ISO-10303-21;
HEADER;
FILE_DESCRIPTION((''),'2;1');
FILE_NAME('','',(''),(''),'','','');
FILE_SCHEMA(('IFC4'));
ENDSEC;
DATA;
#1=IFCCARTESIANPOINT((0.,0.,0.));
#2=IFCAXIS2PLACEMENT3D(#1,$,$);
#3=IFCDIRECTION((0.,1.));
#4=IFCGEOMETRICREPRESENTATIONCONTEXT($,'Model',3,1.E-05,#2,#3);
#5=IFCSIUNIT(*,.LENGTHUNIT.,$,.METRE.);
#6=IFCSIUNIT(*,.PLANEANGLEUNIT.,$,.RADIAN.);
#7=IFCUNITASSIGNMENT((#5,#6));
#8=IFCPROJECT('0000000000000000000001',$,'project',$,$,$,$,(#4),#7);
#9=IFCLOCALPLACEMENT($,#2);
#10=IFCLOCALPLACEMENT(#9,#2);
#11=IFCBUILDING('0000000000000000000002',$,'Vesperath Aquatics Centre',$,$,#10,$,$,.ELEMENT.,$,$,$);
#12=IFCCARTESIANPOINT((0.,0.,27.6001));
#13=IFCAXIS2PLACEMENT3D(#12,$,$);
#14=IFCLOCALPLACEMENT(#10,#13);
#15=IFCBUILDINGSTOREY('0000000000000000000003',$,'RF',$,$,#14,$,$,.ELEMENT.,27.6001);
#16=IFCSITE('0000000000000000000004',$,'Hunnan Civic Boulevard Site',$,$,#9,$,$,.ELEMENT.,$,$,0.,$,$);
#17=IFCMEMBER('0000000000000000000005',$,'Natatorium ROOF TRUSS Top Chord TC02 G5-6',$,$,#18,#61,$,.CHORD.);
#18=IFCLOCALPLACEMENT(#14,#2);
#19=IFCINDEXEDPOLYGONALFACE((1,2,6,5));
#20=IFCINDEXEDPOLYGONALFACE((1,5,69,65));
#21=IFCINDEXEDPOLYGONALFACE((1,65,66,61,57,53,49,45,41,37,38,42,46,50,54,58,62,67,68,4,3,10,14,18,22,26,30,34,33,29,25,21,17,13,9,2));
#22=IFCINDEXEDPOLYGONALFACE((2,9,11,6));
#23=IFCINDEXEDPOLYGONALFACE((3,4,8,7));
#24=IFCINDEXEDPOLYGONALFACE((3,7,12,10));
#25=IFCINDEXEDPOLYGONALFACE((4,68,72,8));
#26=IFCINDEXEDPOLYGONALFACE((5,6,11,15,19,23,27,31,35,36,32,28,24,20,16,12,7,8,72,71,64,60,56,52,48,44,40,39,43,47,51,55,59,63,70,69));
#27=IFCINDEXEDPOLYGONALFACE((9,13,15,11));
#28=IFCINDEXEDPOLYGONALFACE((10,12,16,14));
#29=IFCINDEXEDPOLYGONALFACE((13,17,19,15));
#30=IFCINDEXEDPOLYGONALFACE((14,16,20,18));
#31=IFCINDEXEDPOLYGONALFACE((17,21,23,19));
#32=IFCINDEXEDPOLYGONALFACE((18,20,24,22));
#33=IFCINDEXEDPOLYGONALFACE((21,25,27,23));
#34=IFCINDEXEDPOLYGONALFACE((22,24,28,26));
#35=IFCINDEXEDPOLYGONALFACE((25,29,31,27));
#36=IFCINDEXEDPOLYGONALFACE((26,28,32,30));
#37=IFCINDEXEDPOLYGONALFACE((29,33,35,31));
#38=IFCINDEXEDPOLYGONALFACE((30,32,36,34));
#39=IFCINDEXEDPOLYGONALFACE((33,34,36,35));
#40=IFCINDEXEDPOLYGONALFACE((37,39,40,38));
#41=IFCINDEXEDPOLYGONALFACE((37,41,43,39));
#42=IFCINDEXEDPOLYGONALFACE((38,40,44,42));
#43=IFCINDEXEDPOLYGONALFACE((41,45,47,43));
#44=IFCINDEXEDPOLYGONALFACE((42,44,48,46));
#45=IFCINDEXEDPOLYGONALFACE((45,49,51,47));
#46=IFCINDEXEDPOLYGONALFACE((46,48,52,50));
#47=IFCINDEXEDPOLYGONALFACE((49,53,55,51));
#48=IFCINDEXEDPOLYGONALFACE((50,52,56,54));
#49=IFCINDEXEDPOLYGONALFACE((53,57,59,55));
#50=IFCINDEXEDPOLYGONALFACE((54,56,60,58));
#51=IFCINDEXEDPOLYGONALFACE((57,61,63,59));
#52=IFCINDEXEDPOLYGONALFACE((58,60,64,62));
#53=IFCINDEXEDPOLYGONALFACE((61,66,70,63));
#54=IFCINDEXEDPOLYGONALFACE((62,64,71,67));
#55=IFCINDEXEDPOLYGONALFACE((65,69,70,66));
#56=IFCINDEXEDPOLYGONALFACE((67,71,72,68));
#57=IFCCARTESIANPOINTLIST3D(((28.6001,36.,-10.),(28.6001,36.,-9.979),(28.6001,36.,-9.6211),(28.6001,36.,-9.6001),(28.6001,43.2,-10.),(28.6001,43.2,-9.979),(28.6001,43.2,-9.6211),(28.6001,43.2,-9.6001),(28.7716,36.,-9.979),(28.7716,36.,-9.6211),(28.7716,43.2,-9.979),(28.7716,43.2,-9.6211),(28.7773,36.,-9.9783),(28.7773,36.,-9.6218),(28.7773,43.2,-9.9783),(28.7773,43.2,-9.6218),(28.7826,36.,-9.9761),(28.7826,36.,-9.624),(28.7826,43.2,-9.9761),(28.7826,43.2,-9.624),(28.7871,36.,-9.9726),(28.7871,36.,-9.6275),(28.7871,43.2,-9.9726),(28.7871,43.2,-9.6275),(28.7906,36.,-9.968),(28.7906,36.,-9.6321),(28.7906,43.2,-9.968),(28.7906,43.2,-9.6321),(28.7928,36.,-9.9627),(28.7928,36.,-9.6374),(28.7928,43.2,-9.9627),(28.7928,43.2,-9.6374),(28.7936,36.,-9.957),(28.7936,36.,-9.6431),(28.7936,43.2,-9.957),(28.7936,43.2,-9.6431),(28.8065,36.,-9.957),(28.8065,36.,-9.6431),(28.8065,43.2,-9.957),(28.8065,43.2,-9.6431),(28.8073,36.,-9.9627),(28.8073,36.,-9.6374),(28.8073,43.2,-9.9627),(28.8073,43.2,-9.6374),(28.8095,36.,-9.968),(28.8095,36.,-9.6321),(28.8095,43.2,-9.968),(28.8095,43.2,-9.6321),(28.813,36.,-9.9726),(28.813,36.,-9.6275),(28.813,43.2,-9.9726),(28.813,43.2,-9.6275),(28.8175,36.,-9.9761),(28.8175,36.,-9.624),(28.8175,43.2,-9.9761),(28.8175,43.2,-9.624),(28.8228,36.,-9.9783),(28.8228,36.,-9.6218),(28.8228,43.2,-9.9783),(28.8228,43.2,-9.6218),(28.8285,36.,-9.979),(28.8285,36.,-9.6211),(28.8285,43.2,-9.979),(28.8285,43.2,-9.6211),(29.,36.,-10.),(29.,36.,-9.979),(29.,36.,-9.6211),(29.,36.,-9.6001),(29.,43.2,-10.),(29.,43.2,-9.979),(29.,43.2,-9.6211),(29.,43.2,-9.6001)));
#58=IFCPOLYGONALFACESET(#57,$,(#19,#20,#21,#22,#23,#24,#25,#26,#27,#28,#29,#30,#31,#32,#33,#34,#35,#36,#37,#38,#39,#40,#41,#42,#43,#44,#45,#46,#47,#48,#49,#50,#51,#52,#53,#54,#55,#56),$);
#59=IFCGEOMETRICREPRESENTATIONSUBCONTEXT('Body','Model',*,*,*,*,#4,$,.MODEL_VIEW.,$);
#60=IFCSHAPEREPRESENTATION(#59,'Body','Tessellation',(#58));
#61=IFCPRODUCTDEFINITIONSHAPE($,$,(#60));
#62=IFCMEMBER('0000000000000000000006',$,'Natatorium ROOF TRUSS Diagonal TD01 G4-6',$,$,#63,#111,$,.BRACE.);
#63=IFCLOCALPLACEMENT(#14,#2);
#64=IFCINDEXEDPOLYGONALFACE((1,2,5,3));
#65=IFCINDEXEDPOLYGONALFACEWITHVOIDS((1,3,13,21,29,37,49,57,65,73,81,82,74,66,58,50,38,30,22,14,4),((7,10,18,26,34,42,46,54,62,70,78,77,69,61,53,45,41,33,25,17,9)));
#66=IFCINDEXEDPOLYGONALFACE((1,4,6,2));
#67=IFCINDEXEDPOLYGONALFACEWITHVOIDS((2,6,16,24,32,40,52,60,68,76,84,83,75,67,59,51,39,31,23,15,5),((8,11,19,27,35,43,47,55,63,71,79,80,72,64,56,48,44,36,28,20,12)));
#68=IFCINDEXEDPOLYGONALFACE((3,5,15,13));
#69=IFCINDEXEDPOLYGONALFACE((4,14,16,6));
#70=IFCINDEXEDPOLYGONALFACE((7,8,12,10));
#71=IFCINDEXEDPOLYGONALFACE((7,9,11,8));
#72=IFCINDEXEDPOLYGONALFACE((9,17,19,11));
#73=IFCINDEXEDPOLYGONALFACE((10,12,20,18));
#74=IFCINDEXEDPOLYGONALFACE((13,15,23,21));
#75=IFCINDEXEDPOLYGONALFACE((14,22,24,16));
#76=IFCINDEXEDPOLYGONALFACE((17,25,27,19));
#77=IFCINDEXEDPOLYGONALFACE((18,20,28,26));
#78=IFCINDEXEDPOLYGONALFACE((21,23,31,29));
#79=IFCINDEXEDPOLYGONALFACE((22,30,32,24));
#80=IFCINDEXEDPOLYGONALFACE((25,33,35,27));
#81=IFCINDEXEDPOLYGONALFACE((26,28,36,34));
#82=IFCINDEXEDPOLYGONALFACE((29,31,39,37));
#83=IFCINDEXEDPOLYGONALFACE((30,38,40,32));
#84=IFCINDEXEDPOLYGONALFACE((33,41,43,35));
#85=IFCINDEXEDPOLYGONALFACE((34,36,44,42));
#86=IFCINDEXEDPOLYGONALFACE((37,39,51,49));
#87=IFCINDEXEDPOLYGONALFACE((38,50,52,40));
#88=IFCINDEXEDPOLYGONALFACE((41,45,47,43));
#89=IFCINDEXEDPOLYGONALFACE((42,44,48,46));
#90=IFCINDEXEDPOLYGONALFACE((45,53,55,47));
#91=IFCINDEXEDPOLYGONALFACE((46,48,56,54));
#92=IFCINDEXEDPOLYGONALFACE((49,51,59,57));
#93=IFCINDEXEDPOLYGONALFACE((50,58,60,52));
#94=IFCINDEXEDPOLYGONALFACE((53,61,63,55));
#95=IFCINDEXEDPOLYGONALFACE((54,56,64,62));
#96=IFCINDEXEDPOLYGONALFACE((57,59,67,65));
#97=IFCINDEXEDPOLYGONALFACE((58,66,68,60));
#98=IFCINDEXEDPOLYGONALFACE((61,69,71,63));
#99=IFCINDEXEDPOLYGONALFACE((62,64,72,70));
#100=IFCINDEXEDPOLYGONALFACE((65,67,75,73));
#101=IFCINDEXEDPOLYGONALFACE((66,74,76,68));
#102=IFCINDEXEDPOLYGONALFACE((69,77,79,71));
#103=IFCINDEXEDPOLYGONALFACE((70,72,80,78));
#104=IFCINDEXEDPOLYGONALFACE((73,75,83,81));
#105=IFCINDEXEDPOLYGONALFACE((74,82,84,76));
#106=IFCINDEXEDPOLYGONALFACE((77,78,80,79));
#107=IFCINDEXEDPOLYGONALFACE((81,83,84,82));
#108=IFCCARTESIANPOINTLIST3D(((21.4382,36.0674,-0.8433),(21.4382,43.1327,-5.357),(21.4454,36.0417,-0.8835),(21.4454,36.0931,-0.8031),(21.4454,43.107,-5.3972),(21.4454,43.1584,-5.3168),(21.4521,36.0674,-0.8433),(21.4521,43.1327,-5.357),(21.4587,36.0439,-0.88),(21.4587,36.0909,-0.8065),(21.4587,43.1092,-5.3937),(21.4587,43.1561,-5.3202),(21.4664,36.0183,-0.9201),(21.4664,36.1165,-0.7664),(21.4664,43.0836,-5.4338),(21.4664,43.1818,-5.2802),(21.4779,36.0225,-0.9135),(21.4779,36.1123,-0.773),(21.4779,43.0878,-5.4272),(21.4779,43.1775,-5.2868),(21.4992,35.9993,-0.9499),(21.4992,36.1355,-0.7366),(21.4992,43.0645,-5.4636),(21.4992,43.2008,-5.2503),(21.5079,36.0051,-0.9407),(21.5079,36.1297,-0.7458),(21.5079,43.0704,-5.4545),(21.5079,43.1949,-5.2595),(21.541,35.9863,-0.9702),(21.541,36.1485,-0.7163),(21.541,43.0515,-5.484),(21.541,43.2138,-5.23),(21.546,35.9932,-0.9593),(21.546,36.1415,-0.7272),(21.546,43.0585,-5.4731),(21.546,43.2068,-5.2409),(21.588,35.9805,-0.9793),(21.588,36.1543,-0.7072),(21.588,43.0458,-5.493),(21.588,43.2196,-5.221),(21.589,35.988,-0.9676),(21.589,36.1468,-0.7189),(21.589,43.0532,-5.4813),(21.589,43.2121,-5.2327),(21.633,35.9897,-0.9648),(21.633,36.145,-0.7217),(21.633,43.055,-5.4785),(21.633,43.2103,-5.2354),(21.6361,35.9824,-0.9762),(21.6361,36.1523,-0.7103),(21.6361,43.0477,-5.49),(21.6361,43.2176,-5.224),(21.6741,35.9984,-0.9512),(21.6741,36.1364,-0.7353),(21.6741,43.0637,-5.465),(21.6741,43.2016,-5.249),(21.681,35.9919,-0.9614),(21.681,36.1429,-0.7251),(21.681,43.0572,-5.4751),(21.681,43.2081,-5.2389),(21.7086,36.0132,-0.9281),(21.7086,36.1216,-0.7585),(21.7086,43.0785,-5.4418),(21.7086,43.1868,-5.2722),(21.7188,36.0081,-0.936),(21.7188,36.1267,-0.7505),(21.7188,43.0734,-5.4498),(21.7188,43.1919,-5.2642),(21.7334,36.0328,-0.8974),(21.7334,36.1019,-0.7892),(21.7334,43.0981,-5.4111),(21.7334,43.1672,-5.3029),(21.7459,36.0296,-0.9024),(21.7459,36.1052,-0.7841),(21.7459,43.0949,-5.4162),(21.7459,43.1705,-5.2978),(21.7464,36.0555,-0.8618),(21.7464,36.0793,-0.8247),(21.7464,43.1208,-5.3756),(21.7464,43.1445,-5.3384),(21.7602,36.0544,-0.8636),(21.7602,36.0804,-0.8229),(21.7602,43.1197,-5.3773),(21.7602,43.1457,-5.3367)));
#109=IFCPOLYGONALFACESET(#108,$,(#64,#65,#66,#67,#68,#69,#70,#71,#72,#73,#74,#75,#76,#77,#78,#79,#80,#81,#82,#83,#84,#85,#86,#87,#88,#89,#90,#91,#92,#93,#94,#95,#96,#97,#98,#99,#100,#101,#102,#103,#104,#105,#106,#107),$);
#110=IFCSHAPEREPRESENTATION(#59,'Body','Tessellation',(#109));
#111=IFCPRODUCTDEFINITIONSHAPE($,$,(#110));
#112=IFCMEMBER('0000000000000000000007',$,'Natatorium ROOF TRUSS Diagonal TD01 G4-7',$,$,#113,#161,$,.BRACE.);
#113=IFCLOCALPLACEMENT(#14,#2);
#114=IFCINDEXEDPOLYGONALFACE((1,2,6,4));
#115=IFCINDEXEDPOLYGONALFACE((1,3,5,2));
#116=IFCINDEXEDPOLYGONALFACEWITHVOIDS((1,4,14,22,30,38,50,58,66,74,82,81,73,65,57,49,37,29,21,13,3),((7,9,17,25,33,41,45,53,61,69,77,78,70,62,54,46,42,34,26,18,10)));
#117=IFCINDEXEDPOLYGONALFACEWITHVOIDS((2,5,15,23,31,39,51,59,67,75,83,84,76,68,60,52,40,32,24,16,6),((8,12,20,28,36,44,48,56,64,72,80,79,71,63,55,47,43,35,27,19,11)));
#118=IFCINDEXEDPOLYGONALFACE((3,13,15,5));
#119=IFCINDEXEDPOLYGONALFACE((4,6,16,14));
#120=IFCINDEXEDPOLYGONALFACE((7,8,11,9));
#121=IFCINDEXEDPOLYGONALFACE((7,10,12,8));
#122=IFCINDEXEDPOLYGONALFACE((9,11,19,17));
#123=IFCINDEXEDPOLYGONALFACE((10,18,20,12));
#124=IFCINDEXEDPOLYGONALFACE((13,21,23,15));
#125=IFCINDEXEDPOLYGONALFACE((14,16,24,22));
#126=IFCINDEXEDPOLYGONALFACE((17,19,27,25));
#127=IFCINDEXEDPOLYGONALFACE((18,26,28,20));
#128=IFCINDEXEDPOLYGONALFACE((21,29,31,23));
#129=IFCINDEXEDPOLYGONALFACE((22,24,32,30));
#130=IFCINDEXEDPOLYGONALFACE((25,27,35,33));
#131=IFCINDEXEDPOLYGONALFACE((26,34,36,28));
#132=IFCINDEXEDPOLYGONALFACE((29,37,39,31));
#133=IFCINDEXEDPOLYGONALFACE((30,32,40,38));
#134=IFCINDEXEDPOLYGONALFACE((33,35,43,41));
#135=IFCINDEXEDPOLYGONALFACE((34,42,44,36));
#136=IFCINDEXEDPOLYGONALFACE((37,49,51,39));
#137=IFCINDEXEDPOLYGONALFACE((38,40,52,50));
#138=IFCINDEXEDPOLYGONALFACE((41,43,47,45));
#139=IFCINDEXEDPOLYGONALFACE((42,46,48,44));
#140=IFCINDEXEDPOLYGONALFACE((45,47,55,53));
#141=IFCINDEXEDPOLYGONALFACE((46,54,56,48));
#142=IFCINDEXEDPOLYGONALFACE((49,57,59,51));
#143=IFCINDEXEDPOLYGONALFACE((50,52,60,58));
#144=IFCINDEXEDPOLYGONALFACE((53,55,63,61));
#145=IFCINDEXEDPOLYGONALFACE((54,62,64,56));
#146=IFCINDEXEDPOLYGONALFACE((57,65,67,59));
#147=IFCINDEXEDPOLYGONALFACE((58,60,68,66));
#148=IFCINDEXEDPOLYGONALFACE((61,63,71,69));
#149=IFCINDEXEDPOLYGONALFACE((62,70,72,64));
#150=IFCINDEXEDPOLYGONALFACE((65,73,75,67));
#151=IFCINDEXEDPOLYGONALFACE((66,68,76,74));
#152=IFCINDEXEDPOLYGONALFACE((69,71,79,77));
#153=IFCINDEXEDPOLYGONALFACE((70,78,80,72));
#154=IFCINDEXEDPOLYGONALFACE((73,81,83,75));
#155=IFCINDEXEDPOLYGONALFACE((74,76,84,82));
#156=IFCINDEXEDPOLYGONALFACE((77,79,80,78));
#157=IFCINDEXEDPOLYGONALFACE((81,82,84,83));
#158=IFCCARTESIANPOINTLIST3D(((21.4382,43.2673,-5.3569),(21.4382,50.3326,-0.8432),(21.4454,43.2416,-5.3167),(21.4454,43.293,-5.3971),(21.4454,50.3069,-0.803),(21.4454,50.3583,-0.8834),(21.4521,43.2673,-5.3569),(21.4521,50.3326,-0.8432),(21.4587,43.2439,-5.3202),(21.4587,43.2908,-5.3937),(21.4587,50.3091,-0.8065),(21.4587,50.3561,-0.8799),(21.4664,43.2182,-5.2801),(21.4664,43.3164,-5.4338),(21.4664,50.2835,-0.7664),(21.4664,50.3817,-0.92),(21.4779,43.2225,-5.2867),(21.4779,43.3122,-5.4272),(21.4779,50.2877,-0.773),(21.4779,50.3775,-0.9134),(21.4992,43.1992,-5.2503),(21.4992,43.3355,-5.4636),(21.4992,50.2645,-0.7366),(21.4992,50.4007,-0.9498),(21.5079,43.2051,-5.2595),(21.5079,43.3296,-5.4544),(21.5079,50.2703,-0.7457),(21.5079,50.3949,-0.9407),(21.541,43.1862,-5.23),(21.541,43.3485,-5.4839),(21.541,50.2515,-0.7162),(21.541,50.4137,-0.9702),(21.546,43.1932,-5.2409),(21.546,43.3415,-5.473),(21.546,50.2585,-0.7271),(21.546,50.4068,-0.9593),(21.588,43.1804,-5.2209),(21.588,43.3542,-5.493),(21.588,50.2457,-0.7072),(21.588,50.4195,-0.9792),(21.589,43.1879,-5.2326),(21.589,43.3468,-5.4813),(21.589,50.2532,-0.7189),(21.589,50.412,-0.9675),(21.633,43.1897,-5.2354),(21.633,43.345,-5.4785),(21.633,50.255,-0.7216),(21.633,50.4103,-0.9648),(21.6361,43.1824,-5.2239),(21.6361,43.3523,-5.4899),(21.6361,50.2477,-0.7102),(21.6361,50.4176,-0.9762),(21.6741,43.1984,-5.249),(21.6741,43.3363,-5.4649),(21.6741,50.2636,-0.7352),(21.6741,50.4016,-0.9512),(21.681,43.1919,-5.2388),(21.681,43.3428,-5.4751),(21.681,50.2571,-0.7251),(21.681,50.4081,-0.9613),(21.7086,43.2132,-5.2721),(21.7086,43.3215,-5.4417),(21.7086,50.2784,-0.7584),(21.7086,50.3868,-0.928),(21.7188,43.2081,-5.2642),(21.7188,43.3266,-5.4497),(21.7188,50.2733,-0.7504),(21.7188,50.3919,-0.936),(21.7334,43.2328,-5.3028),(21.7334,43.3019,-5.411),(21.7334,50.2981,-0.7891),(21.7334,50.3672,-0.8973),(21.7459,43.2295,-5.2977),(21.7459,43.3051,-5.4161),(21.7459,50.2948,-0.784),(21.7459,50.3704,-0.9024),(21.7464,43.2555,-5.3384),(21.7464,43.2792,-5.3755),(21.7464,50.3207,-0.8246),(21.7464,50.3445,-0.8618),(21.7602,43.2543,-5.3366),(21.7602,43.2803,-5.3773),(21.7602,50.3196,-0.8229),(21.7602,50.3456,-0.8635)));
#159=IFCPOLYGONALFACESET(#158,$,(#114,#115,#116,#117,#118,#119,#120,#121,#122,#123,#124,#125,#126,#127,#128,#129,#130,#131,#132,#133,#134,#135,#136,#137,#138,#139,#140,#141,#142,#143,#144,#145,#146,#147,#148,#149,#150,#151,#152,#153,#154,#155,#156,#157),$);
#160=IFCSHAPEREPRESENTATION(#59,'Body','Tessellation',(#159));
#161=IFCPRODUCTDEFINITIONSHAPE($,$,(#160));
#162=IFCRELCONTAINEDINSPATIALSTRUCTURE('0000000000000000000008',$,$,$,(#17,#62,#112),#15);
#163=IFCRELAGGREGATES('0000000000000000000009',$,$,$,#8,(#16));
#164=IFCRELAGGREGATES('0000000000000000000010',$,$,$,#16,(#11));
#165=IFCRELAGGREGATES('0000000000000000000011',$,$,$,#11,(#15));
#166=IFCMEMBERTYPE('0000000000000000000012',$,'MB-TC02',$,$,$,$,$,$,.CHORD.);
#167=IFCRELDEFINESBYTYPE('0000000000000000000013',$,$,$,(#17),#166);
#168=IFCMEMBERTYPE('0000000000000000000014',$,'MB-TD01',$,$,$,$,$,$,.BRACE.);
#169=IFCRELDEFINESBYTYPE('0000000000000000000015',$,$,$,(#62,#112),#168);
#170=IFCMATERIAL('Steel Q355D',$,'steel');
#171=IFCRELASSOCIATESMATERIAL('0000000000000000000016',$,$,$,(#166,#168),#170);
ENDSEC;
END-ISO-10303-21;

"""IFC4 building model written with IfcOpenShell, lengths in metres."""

from ifc_helpers import new_model, si_unit, direction, frame, origin, origin_2d, place, context, subcontext, project, spatial, hollow_circle, i_section, extrude, material, material_profile, profile_set, type_object, element, save


model = new_model("IFC4")

# Units and contexts
model_context = context("Model", 3, precision=1e-05, world=origin(), true_north=direction((0.0, 1.0)))
body_context = subcontext(model_context, "Body", "Model", "MODEL_VIEW")
ifc_project = project(units=[si_unit("LENGTHUNIT", "METRE"), si_unit("PLANEANGLEUNIT", "RADIAN")], contexts=[model_context])

# Site, building, storey
site_placement = place(None, origin())
site = spatial("IfcSite", under=ifc_project, at=site_placement, Name="Hunnan Civic Boulevard Site", CompositionType="ELEMENT", RefElevation=0.0)
building_placement = place(site_placement, origin())
building = spatial("IfcBuilding", under=site, at=building_placement, Name="Vesperath Aquatics Centre", CompositionType="ELEMENT")
storey_placement = place(building_placement, frame((0.0, 0.0, 27.6001)))
storey = spatial("IfcBuildingStorey", under=building, at=storey_placement, Name="RF", CompositionType="ELEMENT", Elevation=27.6001)

# Members
ifc_material_1 = material(Name="Steel Q355D", Category="steel")
ifc_material_profile_1 = material_profile(ifc_material_1, i_section(OverallWidth=0.3999, OverallDepth=0.3999, WebThickness=0.0129, FlangeThickness=0.021, FilletRadius=0.022, at=origin_2d()), Name="HW 400x400x13x21")
ifc_profile_set_1 = profile_set([ifc_material_profile_1], Name="Steel Q355D")
member_type_1 = type_object("IfcMemberType", Name="MB-TC02", PredefinedType="CHORD", material=ifc_profile_set_1)
member_1_placement = place(storey_placement, frame((28.8, 36.0, -9.8), z_axis=(0.0, 1.0, 0.0), x_axis=(-1.0, 0.0, 0.0)))
element("IfcMember", 1, at=member_1_placement, inside=storey, type_object=member_type_1, Name="Natatorium ROOF TRUSS Top Chord TC02 G5-6", PredefinedType="CHORD", context=body_context, shape_type="SweptSolid", body=[
    extrude(i_section(OverallWidth=0.3999, OverallDepth=0.3999, WebThickness=0.0129, FlangeThickness=0.021, FilletRadius=0.022, at=origin_2d()), origin(), (0.0, 0.0, 1.0), 7.2),
])
ifc_material_profile_2 = material_profile(ifc_material_1, hollow_circle(Radius=0.1619, WallThickness=0.0139, at=origin_2d()), Name="CHS 323.9x14")
ifc_profile_set_2 = profile_set([ifc_material_profile_2], Name="Steel Q355D")
member_type_2 = type_object("IfcMemberType", Name="MB-TD01", PredefinedType="BRACE", material=ifc_profile_set_2)
for number, where, z_axis, x_axis, name in (
    (2, (21.6001, 36.0674, -0.8433), (0.0, 0.842707, -0.538373), (-1.0, 0.0, 0.0), "Natatorium ROOF TRUSS Diagonal TD01 G4-6"),
    (3, (21.6001, 43.2673, -5.3569), (0.0, 0.842707, 0.538373), (-1.0, 0.0, 0.0), "Natatorium ROOF TRUSS Diagonal TD01 G4-7"),
):
    element("IfcMember", number, at=place(storey_placement, frame(where, z_axis=z_axis, x_axis=x_axis)), inside=storey, type_object=member_type_2, Name=name, PredefinedType="BRACE", context=body_context, shape_type="SweptSolid", body=[
        extrude(hollow_circle(Radius=0.1619, WallThickness=0.0139, at=origin_2d()), origin(), (0.0, 0.0, 1.0), 8.384),
    ])

save(model, "model.ifc")
